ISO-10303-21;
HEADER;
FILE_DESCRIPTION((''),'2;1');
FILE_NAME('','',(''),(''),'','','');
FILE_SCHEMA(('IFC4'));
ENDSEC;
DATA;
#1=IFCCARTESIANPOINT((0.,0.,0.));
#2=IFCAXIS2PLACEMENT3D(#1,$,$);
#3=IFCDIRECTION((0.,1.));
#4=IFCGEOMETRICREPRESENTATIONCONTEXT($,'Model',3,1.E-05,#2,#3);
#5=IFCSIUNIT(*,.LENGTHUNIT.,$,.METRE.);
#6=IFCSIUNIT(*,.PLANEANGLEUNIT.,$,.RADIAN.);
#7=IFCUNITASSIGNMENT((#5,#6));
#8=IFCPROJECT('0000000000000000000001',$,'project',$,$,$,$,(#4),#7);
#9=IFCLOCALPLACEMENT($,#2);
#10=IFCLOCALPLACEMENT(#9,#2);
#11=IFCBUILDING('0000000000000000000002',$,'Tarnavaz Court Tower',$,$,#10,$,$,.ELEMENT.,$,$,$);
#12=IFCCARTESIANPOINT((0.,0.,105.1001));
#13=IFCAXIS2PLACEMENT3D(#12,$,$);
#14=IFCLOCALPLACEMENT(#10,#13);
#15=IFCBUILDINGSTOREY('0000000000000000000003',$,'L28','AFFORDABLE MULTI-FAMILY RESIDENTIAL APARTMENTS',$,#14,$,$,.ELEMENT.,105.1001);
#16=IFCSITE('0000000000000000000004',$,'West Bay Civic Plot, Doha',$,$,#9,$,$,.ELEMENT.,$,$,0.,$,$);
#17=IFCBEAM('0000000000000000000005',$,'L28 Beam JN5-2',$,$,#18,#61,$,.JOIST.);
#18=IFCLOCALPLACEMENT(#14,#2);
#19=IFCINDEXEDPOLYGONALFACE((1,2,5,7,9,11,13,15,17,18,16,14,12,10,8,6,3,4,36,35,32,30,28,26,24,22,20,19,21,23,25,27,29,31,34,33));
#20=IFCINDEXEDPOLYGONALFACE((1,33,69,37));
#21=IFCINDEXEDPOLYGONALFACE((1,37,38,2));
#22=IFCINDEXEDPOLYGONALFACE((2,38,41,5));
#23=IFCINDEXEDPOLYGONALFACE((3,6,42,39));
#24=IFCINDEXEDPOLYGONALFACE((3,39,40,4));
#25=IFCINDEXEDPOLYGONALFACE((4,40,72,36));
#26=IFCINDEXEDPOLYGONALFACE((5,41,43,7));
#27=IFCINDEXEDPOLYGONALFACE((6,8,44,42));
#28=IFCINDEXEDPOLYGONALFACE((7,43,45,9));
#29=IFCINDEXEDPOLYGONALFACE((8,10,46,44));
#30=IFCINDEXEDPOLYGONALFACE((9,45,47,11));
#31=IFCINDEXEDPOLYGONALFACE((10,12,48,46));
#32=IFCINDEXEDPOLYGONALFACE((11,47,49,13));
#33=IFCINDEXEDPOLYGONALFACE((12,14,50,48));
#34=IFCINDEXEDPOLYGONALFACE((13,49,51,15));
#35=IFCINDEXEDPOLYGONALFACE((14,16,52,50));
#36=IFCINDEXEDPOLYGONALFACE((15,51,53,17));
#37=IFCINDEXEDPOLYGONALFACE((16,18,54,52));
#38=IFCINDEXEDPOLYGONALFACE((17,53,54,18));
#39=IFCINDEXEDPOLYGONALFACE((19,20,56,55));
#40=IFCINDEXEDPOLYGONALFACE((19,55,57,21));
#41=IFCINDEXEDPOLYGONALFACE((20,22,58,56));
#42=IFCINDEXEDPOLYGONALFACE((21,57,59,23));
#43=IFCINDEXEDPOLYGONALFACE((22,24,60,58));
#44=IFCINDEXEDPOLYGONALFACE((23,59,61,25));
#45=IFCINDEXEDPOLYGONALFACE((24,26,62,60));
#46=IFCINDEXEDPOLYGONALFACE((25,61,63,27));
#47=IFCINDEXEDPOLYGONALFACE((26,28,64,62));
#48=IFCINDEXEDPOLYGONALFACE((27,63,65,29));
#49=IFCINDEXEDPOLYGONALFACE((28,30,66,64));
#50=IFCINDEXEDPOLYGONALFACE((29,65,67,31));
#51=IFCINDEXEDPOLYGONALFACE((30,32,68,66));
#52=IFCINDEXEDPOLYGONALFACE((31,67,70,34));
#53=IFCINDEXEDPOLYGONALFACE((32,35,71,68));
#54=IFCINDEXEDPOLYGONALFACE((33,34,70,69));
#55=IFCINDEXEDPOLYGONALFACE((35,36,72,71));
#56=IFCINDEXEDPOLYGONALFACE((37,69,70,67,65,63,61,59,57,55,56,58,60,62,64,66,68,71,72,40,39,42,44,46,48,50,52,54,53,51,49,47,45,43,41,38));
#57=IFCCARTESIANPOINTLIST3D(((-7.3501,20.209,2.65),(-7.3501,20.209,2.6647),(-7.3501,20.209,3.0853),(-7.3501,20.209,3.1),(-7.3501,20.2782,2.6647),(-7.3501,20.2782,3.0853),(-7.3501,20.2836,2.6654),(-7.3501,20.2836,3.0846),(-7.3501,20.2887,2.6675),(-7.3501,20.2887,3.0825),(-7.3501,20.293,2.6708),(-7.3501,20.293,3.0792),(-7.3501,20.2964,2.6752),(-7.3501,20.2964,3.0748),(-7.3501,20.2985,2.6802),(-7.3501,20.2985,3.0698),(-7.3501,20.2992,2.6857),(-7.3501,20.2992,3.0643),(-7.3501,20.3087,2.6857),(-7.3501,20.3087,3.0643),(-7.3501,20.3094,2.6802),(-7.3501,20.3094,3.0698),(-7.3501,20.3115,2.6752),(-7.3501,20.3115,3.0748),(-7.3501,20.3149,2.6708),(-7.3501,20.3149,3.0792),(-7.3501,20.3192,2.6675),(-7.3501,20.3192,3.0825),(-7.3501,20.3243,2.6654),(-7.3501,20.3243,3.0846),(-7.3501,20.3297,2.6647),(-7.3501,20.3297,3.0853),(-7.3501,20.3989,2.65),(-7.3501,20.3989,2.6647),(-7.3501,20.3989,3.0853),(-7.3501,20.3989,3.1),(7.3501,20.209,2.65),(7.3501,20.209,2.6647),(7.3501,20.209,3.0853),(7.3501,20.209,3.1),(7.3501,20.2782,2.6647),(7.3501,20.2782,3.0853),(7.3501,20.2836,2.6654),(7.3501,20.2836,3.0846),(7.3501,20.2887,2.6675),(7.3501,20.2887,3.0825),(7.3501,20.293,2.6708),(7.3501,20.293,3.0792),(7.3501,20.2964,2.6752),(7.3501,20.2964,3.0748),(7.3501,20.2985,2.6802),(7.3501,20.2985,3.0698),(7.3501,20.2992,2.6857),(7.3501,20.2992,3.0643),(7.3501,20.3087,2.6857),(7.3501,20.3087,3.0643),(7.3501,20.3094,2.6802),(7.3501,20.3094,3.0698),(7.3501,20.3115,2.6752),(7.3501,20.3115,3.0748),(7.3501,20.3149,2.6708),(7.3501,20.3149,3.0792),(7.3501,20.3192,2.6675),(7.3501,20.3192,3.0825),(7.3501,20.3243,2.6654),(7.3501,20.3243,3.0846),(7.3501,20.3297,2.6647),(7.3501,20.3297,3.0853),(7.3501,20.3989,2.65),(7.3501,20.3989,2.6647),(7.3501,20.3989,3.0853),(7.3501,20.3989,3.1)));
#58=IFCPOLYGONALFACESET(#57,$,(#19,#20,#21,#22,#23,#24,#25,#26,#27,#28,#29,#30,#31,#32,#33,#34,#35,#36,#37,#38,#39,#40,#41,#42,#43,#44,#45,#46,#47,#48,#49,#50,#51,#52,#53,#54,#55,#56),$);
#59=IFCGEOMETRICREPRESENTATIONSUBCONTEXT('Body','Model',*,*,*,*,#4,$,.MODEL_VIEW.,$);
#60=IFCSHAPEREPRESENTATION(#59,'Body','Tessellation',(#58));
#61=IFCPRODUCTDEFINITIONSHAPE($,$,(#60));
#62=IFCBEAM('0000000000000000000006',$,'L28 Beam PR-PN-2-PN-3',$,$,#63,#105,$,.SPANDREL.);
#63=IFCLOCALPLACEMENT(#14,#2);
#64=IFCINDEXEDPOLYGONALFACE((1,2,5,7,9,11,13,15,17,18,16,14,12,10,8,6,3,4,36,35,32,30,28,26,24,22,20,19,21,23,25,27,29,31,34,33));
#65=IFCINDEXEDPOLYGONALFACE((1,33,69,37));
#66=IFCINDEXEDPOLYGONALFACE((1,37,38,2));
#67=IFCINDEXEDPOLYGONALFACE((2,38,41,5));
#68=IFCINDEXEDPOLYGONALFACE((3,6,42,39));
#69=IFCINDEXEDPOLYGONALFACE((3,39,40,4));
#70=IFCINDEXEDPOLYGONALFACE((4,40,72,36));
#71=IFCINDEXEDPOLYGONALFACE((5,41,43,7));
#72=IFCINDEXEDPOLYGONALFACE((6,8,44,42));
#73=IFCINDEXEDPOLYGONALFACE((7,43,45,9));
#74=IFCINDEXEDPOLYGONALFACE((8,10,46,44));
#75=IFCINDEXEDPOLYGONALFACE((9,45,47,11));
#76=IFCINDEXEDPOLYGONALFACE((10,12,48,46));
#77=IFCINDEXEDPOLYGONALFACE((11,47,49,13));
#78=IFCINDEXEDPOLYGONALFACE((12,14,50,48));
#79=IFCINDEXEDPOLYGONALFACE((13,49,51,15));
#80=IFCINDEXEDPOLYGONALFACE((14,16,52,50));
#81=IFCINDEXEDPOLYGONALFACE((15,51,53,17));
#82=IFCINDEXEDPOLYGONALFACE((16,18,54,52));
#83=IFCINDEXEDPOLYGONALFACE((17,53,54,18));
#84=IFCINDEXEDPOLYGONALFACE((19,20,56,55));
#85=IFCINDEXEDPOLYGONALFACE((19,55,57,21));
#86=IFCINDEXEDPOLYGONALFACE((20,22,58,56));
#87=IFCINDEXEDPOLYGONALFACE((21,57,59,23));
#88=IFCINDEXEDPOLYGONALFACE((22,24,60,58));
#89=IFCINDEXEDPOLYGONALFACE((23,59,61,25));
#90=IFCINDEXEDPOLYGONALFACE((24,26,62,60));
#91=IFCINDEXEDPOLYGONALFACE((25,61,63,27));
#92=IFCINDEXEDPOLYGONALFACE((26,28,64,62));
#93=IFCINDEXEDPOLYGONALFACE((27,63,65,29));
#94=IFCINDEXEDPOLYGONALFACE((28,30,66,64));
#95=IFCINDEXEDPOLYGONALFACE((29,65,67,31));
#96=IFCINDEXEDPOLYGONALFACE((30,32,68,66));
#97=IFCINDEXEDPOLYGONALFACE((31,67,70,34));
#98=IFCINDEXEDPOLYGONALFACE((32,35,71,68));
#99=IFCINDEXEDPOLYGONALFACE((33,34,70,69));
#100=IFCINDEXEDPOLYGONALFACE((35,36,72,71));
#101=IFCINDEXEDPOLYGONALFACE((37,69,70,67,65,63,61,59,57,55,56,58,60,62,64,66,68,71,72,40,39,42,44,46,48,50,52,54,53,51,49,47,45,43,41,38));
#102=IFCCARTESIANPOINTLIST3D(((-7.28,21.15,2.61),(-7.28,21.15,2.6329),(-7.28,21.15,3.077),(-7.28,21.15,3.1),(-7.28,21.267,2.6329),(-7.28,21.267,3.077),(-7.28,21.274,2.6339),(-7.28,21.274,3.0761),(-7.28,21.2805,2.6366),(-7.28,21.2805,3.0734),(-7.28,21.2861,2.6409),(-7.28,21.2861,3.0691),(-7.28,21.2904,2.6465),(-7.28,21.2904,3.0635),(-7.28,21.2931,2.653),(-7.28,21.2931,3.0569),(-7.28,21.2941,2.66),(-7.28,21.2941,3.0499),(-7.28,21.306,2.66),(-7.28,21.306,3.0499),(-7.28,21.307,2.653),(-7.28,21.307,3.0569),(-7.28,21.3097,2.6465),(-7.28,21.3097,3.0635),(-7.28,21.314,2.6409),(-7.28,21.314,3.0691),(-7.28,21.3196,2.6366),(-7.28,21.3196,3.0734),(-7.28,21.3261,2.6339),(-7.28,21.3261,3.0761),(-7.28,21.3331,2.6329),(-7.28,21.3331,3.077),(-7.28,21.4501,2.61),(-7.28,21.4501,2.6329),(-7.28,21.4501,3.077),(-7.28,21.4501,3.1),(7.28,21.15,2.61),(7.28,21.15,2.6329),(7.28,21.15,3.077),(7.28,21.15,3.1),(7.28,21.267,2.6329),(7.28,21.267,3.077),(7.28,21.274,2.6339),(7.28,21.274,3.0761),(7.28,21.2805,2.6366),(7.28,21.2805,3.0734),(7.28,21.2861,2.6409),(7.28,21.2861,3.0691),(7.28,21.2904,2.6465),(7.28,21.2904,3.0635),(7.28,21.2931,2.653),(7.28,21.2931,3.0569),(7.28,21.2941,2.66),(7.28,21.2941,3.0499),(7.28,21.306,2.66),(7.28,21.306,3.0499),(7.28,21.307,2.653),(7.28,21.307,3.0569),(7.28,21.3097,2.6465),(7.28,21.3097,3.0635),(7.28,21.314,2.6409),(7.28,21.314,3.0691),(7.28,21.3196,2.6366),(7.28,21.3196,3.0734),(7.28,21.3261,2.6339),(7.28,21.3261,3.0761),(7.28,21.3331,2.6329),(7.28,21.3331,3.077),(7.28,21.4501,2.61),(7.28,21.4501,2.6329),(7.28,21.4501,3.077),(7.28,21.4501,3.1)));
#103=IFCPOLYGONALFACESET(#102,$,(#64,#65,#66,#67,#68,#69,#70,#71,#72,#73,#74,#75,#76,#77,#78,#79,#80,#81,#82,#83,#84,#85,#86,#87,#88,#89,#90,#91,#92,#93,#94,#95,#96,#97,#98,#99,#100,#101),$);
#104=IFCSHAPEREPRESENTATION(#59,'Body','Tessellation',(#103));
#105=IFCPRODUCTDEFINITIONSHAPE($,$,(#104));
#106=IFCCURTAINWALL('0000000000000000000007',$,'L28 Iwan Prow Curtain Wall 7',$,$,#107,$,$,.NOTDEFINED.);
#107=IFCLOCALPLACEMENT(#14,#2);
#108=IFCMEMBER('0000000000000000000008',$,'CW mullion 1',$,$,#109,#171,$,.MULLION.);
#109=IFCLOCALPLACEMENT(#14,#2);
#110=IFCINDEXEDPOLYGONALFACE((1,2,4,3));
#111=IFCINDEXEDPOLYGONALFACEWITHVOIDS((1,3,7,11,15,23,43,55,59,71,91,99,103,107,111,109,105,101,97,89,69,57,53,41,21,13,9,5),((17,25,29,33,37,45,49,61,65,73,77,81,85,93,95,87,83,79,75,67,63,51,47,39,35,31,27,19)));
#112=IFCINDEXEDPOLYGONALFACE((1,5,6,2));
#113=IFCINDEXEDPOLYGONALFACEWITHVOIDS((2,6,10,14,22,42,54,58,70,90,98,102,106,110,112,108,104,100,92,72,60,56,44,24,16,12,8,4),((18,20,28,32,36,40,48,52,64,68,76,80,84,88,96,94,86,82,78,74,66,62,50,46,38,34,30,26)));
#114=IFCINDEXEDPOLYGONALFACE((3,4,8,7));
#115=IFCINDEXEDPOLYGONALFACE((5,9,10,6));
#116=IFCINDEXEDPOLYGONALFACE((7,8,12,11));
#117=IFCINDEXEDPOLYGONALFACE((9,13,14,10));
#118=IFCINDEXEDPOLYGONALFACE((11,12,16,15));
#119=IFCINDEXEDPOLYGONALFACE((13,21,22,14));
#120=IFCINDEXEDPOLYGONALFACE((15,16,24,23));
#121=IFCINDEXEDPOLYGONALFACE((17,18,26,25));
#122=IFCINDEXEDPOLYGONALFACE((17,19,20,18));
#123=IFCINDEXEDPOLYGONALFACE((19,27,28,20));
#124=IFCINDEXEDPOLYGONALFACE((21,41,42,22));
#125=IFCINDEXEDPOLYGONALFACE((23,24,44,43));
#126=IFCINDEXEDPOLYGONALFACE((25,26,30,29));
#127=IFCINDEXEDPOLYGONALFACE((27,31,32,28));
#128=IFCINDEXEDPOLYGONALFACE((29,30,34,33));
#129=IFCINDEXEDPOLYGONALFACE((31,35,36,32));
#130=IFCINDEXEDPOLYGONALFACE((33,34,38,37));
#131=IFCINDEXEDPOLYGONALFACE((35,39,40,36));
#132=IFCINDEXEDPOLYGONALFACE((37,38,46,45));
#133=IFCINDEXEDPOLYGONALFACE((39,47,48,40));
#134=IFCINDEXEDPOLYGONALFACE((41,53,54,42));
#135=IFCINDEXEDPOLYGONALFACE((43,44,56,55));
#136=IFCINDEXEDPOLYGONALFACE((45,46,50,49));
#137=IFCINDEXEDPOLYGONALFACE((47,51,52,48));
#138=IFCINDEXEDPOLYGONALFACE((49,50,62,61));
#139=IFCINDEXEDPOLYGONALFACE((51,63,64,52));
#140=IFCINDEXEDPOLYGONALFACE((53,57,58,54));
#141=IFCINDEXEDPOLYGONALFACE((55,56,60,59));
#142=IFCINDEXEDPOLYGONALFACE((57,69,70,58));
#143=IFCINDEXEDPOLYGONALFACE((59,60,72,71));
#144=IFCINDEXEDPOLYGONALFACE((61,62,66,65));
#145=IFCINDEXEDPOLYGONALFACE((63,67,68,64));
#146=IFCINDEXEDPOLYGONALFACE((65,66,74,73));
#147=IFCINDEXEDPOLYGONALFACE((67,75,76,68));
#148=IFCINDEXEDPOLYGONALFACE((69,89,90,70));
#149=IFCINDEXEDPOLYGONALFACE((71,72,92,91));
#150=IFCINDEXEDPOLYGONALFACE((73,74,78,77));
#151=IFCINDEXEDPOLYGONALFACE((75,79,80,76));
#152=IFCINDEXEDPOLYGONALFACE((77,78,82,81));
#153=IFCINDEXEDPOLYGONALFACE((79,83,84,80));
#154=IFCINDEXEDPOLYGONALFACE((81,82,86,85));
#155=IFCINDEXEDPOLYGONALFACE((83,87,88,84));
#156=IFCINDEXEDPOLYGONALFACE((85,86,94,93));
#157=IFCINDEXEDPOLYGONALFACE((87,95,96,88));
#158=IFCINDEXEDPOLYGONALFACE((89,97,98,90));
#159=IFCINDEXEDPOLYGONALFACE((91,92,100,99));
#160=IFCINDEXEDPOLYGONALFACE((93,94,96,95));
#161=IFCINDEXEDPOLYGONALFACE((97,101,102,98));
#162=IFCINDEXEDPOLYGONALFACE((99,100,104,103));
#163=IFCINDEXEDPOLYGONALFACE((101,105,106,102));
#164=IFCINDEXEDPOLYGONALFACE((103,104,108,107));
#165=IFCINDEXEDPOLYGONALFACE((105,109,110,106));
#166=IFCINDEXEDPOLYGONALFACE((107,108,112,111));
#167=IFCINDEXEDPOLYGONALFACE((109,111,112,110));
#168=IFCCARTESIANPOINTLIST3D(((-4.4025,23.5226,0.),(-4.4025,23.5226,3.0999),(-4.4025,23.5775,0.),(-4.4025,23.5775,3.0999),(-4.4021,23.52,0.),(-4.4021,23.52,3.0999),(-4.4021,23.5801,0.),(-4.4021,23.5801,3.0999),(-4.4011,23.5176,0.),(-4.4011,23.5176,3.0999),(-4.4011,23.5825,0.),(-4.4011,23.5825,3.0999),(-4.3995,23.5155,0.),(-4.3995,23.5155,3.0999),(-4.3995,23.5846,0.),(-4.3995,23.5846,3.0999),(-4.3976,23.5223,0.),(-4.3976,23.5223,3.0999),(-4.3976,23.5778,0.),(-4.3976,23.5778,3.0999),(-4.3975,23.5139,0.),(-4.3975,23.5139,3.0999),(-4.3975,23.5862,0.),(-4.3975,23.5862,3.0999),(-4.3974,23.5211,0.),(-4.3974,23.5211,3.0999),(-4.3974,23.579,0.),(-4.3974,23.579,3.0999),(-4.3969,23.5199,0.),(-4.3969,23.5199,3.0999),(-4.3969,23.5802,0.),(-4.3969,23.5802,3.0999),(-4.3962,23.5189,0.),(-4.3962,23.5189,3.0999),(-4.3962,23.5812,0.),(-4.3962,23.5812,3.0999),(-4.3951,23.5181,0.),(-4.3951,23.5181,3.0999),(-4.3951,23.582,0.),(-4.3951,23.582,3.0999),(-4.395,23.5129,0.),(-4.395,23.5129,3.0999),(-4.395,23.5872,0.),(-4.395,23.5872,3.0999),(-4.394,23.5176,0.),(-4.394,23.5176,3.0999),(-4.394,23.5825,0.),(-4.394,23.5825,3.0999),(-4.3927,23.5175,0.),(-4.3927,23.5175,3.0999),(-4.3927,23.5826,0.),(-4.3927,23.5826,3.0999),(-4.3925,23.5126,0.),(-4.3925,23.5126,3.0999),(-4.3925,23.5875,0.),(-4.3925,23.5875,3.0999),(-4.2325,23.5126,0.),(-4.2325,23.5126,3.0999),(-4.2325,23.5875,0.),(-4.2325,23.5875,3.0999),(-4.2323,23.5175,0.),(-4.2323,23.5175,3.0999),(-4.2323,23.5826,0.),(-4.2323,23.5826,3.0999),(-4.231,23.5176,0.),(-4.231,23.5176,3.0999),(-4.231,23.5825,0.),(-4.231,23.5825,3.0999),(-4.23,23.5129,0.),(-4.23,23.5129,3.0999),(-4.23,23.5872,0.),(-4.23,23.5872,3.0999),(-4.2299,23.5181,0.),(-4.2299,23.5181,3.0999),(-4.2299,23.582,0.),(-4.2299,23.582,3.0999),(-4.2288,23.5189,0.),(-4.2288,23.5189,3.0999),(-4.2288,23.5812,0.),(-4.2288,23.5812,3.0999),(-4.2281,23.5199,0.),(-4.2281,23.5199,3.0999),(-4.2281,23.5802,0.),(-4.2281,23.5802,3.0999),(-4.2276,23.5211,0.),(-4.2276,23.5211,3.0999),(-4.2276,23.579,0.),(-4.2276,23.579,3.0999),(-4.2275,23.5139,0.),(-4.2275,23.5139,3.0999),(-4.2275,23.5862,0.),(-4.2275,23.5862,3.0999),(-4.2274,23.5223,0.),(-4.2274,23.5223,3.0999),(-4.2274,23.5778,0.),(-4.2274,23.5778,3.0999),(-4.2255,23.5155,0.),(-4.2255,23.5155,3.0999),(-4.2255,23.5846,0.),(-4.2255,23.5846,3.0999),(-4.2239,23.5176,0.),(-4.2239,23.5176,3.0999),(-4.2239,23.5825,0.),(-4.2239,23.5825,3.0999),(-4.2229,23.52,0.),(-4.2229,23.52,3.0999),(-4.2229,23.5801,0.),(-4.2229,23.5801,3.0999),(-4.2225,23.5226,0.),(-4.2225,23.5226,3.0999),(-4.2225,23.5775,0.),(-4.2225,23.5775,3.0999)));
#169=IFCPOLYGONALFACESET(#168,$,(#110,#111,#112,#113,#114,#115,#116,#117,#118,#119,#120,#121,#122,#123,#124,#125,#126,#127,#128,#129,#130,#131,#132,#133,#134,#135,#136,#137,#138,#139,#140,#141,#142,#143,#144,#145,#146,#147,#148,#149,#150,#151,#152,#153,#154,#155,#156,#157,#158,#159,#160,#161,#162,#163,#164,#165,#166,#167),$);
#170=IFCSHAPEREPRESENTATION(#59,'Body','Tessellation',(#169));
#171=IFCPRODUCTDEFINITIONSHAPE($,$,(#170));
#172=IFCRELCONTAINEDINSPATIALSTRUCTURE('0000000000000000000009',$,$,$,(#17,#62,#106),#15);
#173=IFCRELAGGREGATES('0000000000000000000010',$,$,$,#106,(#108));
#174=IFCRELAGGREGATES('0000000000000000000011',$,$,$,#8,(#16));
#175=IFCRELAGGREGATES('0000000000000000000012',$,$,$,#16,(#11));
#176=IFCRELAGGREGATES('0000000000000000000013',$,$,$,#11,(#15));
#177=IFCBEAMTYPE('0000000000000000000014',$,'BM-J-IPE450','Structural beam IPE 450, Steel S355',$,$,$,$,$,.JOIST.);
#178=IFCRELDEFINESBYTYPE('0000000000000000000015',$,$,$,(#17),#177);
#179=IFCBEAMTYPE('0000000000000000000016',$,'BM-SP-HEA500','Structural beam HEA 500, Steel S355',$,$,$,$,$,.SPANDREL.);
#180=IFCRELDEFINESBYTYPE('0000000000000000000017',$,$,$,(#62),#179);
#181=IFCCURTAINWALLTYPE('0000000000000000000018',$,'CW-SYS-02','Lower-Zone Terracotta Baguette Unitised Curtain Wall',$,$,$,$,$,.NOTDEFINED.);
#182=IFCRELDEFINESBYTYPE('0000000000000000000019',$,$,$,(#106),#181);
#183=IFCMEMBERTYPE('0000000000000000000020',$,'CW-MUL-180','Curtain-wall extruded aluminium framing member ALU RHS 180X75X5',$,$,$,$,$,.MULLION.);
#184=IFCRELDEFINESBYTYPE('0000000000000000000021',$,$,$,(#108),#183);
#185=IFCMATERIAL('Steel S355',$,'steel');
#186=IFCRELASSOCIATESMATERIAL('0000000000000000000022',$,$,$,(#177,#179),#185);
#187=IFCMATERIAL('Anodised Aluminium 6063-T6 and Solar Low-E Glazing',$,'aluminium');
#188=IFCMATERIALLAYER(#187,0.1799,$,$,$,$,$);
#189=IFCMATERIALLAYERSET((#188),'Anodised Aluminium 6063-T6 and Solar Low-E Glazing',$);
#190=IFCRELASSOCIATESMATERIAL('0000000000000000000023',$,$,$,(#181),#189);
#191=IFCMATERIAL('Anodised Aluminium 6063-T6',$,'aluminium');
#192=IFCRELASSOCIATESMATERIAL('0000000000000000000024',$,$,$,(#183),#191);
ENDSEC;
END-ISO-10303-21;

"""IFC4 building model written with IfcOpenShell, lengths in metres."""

from ifc_helpers import new_model, si_unit, direction, frame, origin, origin_2d, place, context, subcontext, project, spatial, hollow_rectangle, i_section, extrude, material, layer, layer_set, material_profile, profile_set, type_object, element, aggregate, save


model = new_model("IFC4")

# Units and contexts
model_context = context("Model", 3, precision=1e-05, world=origin(), true_north=direction((0.0, 1.0)))
body_context = subcontext(model_context, "Body", "Model", "MODEL_VIEW")
ifc_project = project(units=[si_unit("LENGTHUNIT", "METRE"), si_unit("PLANEANGLEUNIT", "RADIAN")], contexts=[model_context])

# Site, building, storey
site_placement = place(None, origin())
site = spatial("IfcSite", under=ifc_project, at=site_placement, Name="West Bay Civic Plot, Doha", CompositionType="ELEMENT", RefElevation=0.0)
building_placement = place(site_placement, origin())
building = spatial("IfcBuilding", under=site, at=building_placement, Name="Tarnavaz Court Tower", CompositionType="ELEMENT")
storey_placement = place(building_placement, frame((0.0, 0.0, 105.1001)))
storey = spatial("IfcBuildingStorey", under=building, at=storey_placement, Name="L28", Description="AFFORDABLE MULTI-FAMILY RESIDENTIAL APARTMENTS", CompositionType="ELEMENT", Elevation=105.1001)

# Beams
ifc_material_1 = material(Name="Steel S355", Category="steel")
ifc_material_profile_1 = material_profile(ifc_material_1, i_section(OverallWidth=0.1899, OverallDepth=0.45, WebThickness=0.0095, FlangeThickness=0.0146, FilletRadius=0.021, at=origin_2d()), Name="IPE 450")
ifc_profile_set_1 = profile_set([ifc_material_profile_1], Name="Steel S355")
beam_type_1 = type_object("IfcBeamType", Name="BM-J-IPE450", Description="Structural beam IPE 450, Steel S355", PredefinedType="JOIST", material=ifc_profile_set_1)
for number, where, z_axis, x_axis, name in (
    (1, (-7.3501, 20.304, 2.875), (1.0, 0.0, 0.0), (0.0, 1.0, 0.0), "L28 Beam JN5-2"),
):
    element("IfcBeam", number, at=place(storey_placement, frame(where, z_axis=z_axis, x_axis=x_axis)), inside=storey, type_object=beam_type_1, Name=name, PredefinedType="JOIST", context=body_context, shape_type="SweptSolid", body=[
        extrude(i_section(OverallWidth=0.1899, OverallDepth=0.45, WebThickness=0.0095, FlangeThickness=0.0146, FilletRadius=0.021, at=origin_2d()), origin(), (0.0, 0.0, 1.0), 14.7002),
    ])
ifc_material_profile_2 = material_profile(ifc_material_1, i_section(OverallWidth=0.3, OverallDepth=0.49, WebThickness=0.012, FlangeThickness=0.0229, FilletRadius=0.0271, at=origin_2d()), Name="HEA 500")
ifc_profile_set_2 = profile_set([ifc_material_profile_2], Name="Steel S355")
beam_type_2 = type_object("IfcBeamType", Name="BM-SP-HEA500", Description="Structural beam HEA 500, Steel S355", PredefinedType="SPANDREL", material=ifc_profile_set_2)
beam_placement = place(storey_placement, frame((-7.28, 21.3, 2.855), z_axis=(1.0, 0.0, 0.0), x_axis=(0.0, 1.0, 0.0)))
element("IfcBeam", 2, at=beam_placement, inside=storey, type_object=beam_type_2, Name="L28 Beam PR-PN-2-PN-3", PredefinedType="SPANDREL", context=body_context, shape_type="SweptSolid", body=[
    extrude(i_section(OverallWidth=0.3, OverallDepth=0.49, WebThickness=0.012, FlangeThickness=0.0229, FilletRadius=0.0271, at=origin_2d()), origin(), (0.0, 0.0, 1.0), 14.5601),
])

# Curtain wall, member
ifc_material_2 = material(Name="Anodised Aluminium 6063-T6 and Solar Low-E Glazing", Category="aluminium")
ifc_layer_1 = layer(ifc_material_2, 0.1799)
ifc_layer_set_1 = layer_set([ifc_layer_1], Name="Anodised Aluminium 6063-T6 and Solar Low-E Glazing")
curtain_wall_type = type_object("IfcCurtainWallType", Name="CW-SYS-02", Description="Lower-Zone Terracotta Baguette Unitised Curtain Wall", PredefinedType="NOTDEFINED", material=ifc_layer_set_1)
curtain_wall_placement = place(storey_placement, origin())
curtain_wall = element("IfcCurtainWall", 3, at=curtain_wall_placement, inside=storey, type_object=curtain_wall_type, Name="L28 Iwan Prow Curtain Wall 7", PredefinedType="NOTDEFINED")
ifc_material_3 = material(Name="Anodised Aluminium 6063-T6", Category="aluminium")
ifc_material_profile_3 = material_profile(ifc_material_3, hollow_rectangle(XDim=0.075, YDim=0.1799, WallThickness=0.0049, InnerFilletRadius=0.0049, OuterFilletRadius=0.01, at=origin_2d()), Name="ALU RHS 180X75X5")
ifc_profile_set_3 = profile_set([ifc_material_profile_3], Name="Anodised Aluminium 6063-T6")
member_type_1 = type_object("IfcMemberType", Name="CW-MUL-180", Description="Curtain-wall extruded aluminium framing member ALU RHS 180X75X5", PredefinedType="MULLION", material=ifc_profile_set_3)
member_1_placement = place(storey_placement, frame((-4.3125, 23.55, 0.0), z_axis=(0.0, 0.0, 1.0), x_axis=(0.0, 1.0, 0.0)))
member_1 = element("IfcMember", 4, at=member_1_placement, type_object=member_type_1, Name="CW mullion 1", PredefinedType="MULLION", context=body_context, shape_type="SweptSolid", body=[
    extrude(hollow_rectangle(XDim=0.075, YDim=0.1799, WallThickness=0.0049, InnerFilletRadius=0.0049, OuterFilletRadius=0.01, at=origin_2d()), origin(), (0.0, 0.0, 1.0), 3.0999),
])
aggregate(curtain_wall, [member_1])

save(model, "model.ifc")
